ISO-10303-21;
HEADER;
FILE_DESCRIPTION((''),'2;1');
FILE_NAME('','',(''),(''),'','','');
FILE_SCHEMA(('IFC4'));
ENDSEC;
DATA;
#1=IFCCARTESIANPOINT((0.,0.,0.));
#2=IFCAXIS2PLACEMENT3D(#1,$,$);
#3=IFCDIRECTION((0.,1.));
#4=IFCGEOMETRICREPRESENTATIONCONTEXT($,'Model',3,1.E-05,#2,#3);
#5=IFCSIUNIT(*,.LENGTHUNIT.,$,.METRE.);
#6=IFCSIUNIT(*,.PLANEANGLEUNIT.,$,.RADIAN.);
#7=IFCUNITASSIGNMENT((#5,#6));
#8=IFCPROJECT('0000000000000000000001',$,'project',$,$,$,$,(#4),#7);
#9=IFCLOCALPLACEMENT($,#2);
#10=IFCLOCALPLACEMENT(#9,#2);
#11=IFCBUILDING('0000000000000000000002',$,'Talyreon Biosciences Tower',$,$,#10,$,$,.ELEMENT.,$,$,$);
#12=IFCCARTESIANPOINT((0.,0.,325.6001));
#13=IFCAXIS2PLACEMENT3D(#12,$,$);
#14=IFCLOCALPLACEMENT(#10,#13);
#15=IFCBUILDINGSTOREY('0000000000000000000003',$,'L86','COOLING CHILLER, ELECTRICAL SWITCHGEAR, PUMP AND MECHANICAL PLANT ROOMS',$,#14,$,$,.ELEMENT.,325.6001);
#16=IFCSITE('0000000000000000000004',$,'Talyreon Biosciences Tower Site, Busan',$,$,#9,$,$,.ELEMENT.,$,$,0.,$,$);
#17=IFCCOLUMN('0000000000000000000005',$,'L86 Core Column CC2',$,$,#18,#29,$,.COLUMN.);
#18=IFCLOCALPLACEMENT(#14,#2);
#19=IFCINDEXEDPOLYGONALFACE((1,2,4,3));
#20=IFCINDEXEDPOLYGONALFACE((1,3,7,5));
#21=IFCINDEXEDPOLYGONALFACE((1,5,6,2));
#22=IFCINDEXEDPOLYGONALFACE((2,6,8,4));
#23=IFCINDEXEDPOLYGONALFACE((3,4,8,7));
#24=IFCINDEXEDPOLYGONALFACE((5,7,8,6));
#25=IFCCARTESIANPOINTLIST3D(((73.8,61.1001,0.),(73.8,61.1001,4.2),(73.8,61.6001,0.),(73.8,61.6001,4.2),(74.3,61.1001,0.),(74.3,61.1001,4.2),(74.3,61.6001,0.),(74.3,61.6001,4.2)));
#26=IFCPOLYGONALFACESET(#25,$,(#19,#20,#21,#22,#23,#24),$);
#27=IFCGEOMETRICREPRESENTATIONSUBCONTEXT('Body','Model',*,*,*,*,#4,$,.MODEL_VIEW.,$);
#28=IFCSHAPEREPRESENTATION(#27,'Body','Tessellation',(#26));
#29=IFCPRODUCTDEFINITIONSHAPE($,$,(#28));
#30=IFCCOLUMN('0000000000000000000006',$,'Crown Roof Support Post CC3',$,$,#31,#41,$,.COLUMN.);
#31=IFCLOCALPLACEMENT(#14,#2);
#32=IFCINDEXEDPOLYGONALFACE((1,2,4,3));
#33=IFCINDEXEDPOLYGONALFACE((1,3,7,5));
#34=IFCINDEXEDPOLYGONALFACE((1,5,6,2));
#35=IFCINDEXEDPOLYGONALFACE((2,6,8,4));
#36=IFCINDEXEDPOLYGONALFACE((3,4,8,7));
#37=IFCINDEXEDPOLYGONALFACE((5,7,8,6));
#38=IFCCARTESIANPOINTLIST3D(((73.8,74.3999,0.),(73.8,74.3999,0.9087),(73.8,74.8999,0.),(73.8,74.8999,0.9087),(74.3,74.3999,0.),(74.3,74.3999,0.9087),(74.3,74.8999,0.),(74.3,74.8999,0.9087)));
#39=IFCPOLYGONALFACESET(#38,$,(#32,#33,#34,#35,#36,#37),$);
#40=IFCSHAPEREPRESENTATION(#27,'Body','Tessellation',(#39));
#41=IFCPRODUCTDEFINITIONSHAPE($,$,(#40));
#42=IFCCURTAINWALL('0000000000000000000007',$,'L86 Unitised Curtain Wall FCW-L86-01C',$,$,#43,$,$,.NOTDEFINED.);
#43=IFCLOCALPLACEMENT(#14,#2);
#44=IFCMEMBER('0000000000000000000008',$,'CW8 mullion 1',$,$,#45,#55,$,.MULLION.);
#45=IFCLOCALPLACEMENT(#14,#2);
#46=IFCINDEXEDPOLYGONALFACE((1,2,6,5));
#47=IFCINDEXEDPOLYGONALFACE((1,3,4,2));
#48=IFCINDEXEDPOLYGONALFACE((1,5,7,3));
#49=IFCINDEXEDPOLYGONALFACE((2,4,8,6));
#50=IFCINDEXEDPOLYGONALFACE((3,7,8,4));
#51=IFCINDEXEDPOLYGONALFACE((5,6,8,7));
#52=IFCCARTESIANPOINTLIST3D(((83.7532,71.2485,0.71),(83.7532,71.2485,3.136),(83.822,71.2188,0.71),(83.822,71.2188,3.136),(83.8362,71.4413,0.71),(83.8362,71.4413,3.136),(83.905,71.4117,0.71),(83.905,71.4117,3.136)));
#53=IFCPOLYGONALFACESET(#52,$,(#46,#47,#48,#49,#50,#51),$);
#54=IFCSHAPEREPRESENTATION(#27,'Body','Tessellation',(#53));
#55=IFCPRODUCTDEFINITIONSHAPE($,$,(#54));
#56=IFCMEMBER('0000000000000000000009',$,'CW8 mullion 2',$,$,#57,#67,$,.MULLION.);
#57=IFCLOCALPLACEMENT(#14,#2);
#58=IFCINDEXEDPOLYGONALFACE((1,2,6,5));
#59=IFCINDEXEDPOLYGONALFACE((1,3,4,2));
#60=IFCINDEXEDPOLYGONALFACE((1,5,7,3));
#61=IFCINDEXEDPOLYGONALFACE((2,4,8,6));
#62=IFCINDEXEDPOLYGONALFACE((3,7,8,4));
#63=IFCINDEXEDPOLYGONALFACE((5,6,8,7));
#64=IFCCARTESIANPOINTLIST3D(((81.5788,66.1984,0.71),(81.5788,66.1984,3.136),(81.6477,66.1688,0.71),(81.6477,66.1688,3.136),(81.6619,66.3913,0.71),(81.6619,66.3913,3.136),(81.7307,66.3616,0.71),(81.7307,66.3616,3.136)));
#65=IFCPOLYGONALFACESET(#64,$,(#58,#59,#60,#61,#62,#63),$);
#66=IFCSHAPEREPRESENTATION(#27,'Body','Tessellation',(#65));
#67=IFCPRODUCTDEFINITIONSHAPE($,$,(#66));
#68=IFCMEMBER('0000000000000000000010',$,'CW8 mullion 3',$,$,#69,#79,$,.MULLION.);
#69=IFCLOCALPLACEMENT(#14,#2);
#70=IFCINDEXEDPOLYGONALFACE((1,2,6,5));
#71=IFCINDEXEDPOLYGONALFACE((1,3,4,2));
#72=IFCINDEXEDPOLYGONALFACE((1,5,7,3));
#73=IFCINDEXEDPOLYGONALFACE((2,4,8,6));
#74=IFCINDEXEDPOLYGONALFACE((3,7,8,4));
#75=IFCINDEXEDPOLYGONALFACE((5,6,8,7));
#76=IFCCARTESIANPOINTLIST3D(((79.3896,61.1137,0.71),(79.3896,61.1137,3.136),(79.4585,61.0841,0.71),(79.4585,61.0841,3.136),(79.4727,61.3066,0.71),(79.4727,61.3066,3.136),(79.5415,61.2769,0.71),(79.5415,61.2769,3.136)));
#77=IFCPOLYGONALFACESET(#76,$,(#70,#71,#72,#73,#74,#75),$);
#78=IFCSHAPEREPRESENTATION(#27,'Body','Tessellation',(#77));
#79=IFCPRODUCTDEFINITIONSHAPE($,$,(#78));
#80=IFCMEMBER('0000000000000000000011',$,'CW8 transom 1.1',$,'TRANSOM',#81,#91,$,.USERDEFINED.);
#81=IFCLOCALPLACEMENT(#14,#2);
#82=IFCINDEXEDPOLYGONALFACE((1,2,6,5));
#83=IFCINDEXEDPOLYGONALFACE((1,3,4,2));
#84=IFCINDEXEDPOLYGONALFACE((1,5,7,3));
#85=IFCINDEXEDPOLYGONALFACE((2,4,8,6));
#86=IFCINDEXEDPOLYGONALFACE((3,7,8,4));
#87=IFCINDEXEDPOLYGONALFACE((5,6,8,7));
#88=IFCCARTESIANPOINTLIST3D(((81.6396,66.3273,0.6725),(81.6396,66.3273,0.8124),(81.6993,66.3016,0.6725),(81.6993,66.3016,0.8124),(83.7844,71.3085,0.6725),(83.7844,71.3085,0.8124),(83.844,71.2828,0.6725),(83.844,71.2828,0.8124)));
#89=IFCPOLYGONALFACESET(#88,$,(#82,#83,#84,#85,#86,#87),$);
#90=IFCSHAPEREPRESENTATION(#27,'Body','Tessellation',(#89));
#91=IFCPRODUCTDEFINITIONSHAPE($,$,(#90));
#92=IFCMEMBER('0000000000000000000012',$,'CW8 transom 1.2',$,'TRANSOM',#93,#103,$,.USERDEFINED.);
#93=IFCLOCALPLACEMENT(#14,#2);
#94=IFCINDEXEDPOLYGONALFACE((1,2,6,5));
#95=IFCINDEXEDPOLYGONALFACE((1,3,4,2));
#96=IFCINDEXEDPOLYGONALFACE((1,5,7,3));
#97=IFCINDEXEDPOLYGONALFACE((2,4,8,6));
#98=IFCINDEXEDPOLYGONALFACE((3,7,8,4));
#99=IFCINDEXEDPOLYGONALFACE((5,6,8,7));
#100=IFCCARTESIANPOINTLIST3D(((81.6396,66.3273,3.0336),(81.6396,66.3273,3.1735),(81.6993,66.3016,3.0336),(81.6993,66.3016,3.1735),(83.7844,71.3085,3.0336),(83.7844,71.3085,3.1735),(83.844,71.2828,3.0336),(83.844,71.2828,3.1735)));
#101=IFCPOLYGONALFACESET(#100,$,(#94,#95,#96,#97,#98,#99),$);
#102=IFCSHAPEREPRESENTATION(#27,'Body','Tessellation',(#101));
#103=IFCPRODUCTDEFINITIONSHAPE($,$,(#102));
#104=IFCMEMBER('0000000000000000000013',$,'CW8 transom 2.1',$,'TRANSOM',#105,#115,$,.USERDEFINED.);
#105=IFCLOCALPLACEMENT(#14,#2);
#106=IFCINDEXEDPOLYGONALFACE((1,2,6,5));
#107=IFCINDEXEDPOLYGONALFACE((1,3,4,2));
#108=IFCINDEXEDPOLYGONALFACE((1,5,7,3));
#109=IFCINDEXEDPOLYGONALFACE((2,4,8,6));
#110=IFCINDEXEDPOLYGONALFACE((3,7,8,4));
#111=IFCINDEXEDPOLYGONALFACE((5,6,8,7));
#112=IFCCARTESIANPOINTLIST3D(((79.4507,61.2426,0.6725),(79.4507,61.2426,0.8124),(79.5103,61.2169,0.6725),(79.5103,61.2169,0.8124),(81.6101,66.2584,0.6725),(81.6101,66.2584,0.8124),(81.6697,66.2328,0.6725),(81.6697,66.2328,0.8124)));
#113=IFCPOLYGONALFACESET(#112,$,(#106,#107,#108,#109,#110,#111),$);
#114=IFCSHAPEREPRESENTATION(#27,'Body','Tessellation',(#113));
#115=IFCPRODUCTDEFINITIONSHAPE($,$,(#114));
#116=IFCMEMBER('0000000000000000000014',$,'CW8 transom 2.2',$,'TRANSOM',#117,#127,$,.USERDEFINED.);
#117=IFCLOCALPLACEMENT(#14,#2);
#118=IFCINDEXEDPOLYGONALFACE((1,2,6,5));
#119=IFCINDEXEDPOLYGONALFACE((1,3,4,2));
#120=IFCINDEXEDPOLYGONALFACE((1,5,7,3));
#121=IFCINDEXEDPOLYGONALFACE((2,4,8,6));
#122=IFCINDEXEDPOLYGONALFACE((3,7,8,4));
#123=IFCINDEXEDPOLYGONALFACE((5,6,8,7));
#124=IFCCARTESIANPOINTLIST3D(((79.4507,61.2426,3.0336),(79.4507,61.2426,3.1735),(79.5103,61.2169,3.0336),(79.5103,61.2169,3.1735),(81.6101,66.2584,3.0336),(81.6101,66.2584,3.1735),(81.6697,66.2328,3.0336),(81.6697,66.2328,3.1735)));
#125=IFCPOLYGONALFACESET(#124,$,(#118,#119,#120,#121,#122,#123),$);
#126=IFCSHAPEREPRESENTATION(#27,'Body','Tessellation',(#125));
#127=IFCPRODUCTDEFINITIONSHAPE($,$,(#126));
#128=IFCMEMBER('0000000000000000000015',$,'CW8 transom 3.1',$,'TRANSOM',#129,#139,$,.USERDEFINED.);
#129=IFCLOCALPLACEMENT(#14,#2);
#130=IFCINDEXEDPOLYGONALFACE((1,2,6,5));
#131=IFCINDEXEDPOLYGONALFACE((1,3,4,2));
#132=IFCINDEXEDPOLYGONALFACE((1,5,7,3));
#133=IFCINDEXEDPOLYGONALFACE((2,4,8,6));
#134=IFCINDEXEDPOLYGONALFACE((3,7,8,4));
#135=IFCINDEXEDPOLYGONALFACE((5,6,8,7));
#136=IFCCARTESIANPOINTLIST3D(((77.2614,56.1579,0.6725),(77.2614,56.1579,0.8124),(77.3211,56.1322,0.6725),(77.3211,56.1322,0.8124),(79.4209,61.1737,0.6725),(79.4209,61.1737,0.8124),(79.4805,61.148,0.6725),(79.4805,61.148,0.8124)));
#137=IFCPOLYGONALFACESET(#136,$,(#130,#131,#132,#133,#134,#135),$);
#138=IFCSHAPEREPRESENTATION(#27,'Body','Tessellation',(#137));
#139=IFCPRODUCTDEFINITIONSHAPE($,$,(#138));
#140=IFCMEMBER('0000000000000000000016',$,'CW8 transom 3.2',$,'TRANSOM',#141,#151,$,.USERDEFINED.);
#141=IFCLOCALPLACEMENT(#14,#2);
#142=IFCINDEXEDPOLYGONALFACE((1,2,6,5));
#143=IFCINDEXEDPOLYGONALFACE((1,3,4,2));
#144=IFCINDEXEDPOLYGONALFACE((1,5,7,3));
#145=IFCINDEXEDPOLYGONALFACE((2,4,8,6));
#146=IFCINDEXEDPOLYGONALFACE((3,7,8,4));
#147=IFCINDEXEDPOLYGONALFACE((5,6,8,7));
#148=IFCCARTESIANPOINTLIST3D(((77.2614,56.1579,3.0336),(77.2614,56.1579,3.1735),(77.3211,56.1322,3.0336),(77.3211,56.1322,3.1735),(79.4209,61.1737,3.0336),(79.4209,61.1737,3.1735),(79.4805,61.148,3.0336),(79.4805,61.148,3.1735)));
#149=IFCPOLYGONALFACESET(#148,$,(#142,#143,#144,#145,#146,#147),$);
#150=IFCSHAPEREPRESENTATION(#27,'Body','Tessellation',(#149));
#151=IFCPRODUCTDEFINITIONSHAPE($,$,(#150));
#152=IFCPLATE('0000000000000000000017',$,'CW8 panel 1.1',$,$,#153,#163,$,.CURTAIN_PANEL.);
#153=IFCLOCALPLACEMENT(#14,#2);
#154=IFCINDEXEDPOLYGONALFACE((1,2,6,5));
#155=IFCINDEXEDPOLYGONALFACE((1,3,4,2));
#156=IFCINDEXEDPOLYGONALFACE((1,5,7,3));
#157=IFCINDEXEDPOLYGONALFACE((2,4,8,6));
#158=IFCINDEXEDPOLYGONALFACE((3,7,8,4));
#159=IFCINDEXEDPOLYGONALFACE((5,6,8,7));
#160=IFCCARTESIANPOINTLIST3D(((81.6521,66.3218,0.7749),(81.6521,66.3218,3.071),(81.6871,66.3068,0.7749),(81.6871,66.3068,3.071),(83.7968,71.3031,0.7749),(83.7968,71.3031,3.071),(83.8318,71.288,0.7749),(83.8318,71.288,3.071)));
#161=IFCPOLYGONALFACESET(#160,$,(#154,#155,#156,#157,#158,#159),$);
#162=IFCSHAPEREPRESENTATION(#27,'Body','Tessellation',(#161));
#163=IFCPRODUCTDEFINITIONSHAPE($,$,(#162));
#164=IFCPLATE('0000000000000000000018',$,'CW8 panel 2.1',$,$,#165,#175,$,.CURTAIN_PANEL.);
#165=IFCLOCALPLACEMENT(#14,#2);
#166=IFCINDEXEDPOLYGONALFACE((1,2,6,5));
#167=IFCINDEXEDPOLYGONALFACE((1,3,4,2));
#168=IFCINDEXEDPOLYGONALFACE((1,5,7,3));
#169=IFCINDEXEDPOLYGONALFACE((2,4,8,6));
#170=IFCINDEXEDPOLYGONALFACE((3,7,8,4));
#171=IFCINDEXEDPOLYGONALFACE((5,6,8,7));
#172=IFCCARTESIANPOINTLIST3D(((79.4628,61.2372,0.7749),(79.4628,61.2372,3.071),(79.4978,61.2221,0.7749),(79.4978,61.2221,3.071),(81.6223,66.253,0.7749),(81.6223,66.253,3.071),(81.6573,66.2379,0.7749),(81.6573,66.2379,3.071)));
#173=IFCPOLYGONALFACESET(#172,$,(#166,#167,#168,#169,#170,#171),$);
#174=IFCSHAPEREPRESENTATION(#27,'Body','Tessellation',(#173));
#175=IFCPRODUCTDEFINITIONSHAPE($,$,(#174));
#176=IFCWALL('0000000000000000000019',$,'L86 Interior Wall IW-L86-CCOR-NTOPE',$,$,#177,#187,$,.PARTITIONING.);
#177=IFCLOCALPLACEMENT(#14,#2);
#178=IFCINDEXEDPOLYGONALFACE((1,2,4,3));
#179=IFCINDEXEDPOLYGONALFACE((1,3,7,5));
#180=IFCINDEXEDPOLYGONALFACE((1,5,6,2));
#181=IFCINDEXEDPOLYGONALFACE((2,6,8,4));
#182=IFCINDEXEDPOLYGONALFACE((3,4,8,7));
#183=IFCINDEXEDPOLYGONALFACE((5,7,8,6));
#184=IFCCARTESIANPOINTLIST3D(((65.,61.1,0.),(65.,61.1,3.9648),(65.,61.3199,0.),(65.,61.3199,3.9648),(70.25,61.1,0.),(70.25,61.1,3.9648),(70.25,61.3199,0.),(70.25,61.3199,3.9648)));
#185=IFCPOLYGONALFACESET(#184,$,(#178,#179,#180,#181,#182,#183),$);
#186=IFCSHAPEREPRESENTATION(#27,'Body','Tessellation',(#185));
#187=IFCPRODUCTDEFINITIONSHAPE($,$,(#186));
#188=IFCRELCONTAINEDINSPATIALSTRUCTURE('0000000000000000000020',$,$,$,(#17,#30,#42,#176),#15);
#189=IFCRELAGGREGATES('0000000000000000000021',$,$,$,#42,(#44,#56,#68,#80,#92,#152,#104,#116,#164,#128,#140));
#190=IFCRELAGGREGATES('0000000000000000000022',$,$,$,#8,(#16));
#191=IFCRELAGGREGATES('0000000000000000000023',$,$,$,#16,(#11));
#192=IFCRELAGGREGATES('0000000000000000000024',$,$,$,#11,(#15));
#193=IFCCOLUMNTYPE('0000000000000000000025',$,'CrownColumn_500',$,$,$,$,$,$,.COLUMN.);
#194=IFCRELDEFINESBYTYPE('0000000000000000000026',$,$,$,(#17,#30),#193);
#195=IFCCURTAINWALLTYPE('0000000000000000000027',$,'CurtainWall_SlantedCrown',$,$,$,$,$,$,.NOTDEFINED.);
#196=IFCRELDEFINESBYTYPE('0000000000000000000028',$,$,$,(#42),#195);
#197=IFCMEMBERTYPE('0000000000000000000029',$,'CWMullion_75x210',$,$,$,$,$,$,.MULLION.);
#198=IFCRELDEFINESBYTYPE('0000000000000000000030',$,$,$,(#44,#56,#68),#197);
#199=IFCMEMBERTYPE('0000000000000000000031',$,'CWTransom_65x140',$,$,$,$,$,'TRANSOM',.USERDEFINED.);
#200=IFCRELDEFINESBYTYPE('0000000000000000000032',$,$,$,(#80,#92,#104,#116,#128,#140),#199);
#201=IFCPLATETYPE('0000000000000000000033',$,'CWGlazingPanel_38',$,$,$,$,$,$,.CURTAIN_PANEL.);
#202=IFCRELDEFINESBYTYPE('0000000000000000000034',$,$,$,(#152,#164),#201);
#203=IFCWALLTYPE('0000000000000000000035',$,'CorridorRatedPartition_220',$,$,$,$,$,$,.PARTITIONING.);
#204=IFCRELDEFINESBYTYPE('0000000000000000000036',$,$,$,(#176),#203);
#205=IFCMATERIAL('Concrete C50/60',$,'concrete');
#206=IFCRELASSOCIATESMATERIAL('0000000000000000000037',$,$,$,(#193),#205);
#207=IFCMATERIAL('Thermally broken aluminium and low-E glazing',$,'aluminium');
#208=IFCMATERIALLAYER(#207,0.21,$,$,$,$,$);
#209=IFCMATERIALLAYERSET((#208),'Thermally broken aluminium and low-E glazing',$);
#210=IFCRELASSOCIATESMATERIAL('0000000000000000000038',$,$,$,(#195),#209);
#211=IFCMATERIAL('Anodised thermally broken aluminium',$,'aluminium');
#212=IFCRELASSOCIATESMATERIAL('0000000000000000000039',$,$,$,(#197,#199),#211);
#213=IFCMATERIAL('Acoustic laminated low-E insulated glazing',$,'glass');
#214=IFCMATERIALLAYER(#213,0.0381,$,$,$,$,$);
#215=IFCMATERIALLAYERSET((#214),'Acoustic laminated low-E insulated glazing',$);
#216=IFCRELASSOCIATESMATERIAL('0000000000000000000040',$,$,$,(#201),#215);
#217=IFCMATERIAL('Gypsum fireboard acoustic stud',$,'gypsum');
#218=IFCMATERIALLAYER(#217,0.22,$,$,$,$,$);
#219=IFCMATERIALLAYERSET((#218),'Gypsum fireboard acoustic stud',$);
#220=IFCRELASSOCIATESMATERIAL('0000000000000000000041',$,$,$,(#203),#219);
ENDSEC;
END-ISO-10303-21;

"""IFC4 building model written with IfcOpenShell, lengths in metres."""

from ifc_helpers import new_model, si_unit, direction, frame, frame_2d, origin, origin_2d, place, context, subcontext, project, spatial, rectangle, extrude, material, layer, layer_set, material_profile, profile_set, type_object, element, aggregate, save


model = new_model("IFC4")

# Units and contexts
model_context = context("Model", 3, precision=1e-05, world=origin(), true_north=direction((0.0, 1.0)))
body_context = subcontext(model_context, "Body", "Model", "MODEL_VIEW")
ifc_project = project(units=[si_unit("LENGTHUNIT", "METRE"), si_unit("PLANEANGLEUNIT", "RADIAN")], contexts=[model_context])

# Site, building, storey
site_placement = place(None, origin())
site = spatial("IfcSite", under=ifc_project, at=site_placement, Name="Talyreon Biosciences Tower Site, Busan", CompositionType="ELEMENT", RefElevation=0.0)
building_placement = place(site_placement, origin())
building = spatial("IfcBuilding", under=site, at=building_placement, Name="Talyreon Biosciences Tower", CompositionType="ELEMENT")
storey_placement = place(building_placement, frame((0.0, 0.0, 325.6001)))
storey = spatial("IfcBuildingStorey", under=building, at=storey_placement, Name="L86", Description="COOLING CHILLER, ELECTRICAL SWITCHGEAR, PUMP AND MECHANICAL PLANT ROOMS", CompositionType="ELEMENT", Elevation=325.6001)

# Columns
ifc_material_1 = material(Name="Concrete C50/60", Category="concrete")
ifc_material_profile_1 = material_profile(ifc_material_1, rectangle(XDim=0.5, YDim=0.5, at=origin_2d()), Name="RC 500x500")
ifc_profile_set_1 = profile_set([ifc_material_profile_1], Name="Concrete C50/60")
column_type = type_object("IfcColumnType", Name="CrownColumn_500", PredefinedType="COLUMN", material=ifc_profile_set_1)
column_1_placement = place(storey_placement, frame((74.05, 61.3501, 0.0), z_axis=(0.0, 0.0, 1.0), x_axis=(1.0, 0.0, 0.0)))
element("IfcColumn", 1, at=column_1_placement, inside=storey, type_object=column_type, Name="L86 Core Column CC2", PredefinedType="COLUMN", context=body_context, shape_type="SweptSolid", body=[
    extrude(rectangle(XDim=0.5, YDim=0.5, at=origin_2d()), origin(), (0.0, 0.0, 1.0), 4.2),
])
column_2_placement = place(storey_placement, frame((74.05, 74.6499, 0.0), z_axis=(0.0, 0.0, 1.0), x_axis=(1.0, 0.0, 0.0)))
element("IfcColumn", 2, at=column_2_placement, inside=storey, type_object=column_type, Name="Crown Roof Support Post CC3", PredefinedType="COLUMN", context=body_context, shape_type="SweptSolid", body=[
    extrude(rectangle(XDim=0.5, YDim=0.5, at=origin_2d()), origin(), (0.0, 0.0, 1.0), 0.9087),
])

# Curtain wall, members, plates
ifc_material_2 = material(Name="Thermally broken aluminium and low-E glazing", Category="aluminium")
ifc_layer_1 = layer(ifc_material_2, 0.21)
ifc_layer_set_1 = layer_set([ifc_layer_1], Name="Thermally broken aluminium and low-E glazing")
curtain_wall_type = type_object("IfcCurtainWallType", Name="CurtainWall_SlantedCrown", PredefinedType="NOTDEFINED", material=ifc_layer_set_1)
curtain_wall_placement = place(storey_placement, origin())
curtain_wall = element("IfcCurtainWall", 3, at=curtain_wall_placement, inside=storey, type_object=curtain_wall_type, Name="L86 Unitised Curtain Wall FCW-L86-01C", PredefinedType="NOTDEFINED")
ifc_material_3 = material(Name="Anodised thermally broken aluminium", Category="aluminium")
ifc_material_profile_2 = material_profile(ifc_material_3, rectangle(XDim=0.075, YDim=0.21, at=origin_2d()), Name="ALUM MULLION 75x210")
ifc_profile_set_2 = profile_set([ifc_material_profile_2], Name="Anodised thermally broken aluminium")
member_type_1 = type_object("IfcMemberType", Name="CWMullion_75x210", PredefinedType="MULLION", material=ifc_profile_set_2)
member_1_placement = place(storey_placement, frame((83.8291, 71.3301, 0.71), z_axis=(0.0, 0.0, 1.0), x_axis=(0.918487, -0.395451, 0.0)))
member_1 = element("IfcMember", 4, at=member_1_placement, type_object=member_type_1, Name="CW8 mullion 1", PredefinedType="MULLION", context=body_context, shape_type="SweptSolid", body=[
    extrude(rectangle(XDim=0.075, YDim=0.21, at=origin_2d()), origin(), (0.0, 0.0, 1.0), 2.426),
])
member_2_placement = place(storey_placement, frame((81.6548, 66.28, 0.71), z_axis=(0.0, 0.0, 1.0), x_axis=(0.918487, -0.395451, 0.0)))
member_2 = element("IfcMember", 5, at=member_2_placement, type_object=member_type_1, Name="CW8 mullion 2", PredefinedType="MULLION", context=body_context, shape_type="SweptSolid", body=[
    extrude(rectangle(XDim=0.075, YDim=0.21, at=origin_2d()), origin(), (0.0, 0.0, 1.0), 2.426),
])
member_3_placement = place(storey_placement, frame((79.4656, 61.1953, 0.71), z_axis=(0.0, 0.0, 1.0), x_axis=(0.918487, -0.395451, 0.0)))
member_3 = element("IfcMember", 6, at=member_3_placement, type_object=member_type_1, Name="CW8 mullion 3", PredefinedType="MULLION", context=body_context, shape_type="SweptSolid", body=[
    extrude(rectangle(XDim=0.075, YDim=0.21, at=origin_2d()), origin(), (0.0, 0.0, 1.0), 2.426),
])
ifc_material_profile_3 = material_profile(ifc_material_3, rectangle(XDim=0.0649, YDim=0.1399, at=origin_2d()), Name="ALUM TRANSOM 65x140")
ifc_profile_set_3 = profile_set([ifc_material_profile_3], Name="Anodised thermally broken aluminium")
member_type_2 = type_object("IfcMemberType", Name="CWTransom_65x140", ElementType="TRANSOM", PredefinedType="USERDEFINED", material=ifc_profile_set_3)
member_4_placement = place(storey_placement, frame((83.8142, 71.2957, 0.7424), z_axis=(-0.395473, -0.918478, 0.0), x_axis=(0.918478, -0.395473, 0.0)))
member_4 = element("IfcMember", 7, at=member_4_placement, type_object=member_type_2, Name="CW8 transom 1.1", ObjectType="TRANSOM", PredefinedType="USERDEFINED", context=body_context, shape_type="SweptSolid", body=[
    extrude(rectangle(XDim=0.0649, YDim=0.1399, at=origin_2d()), origin(), (0.0, 0.0, 1.0), 5.4233),
])
member_5_placement = place(storey_placement, frame((83.8142, 71.2957, 3.1035), z_axis=(-0.395473, -0.918478, 0.0), x_axis=(0.918478, -0.395473, 0.0)))
member_5 = element("IfcMember", 8, at=member_5_placement, type_object=member_type_2, Name="CW8 transom 1.2", ObjectType="TRANSOM", PredefinedType="USERDEFINED", context=body_context, shape_type="SweptSolid", body=[
    extrude(rectangle(XDim=0.0649, YDim=0.1399, at=origin_2d()), origin(), (0.0, 0.0, 1.0), 5.4233),
])
member_6_placement = place(storey_placement, frame((81.6399, 66.2456, 0.7424), z_axis=(-0.39543, -0.918496, 0.0), x_axis=(0.918496, -0.39543, 0.0)))
member_6 = element("IfcMember", 9, at=member_6_placement, type_object=member_type_2, Name="CW8 transom 2.1", ObjectType="TRANSOM", PredefinedType="USERDEFINED", context=body_context, shape_type="SweptSolid", body=[
    extrude(rectangle(XDim=0.0649, YDim=0.1399, at=origin_2d()), origin(), (0.0, 0.0, 1.0), 5.4609),
])
member_7_placement = place(storey_placement, frame((81.6399, 66.2456, 3.1035), z_axis=(-0.39543, -0.918496, 0.0), x_axis=(0.918496, -0.39543, 0.0)))
member_7 = element("IfcMember", 10, at=member_7_placement, type_object=member_type_2, Name="CW8 transom 2.2", ObjectType="TRANSOM", PredefinedType="USERDEFINED", context=body_context, shape_type="SweptSolid", body=[
    extrude(rectangle(XDim=0.0649, YDim=0.1399, at=origin_2d()), origin(), (0.0, 0.0, 1.0), 5.4609),
])
member_8_placement = place(storey_placement, frame((79.4507, 61.1609, 0.7424), z_axis=(-0.39543, -0.918496, 0.0), x_axis=(0.918496, -0.39543, 0.0)))
member_8 = element("IfcMember", 11, at=member_8_placement, type_object=member_type_2, Name="CW8 transom 3.1", ObjectType="TRANSOM", PredefinedType="USERDEFINED", context=body_context, shape_type="SweptSolid", body=[
    extrude(rectangle(XDim=0.0649, YDim=0.1399, at=origin_2d()), origin(), (0.0, 0.0, 1.0), 5.4609),
])
member_9_placement = place(storey_placement, frame((79.4507, 61.1609, 3.1035), z_axis=(-0.39543, -0.918496, 0.0), x_axis=(0.918496, -0.39543, 0.0)))
member_9 = element("IfcMember", 12, at=member_9_placement, type_object=member_type_2, Name="CW8 transom 3.2", ObjectType="TRANSOM", PredefinedType="USERDEFINED", context=body_context, shape_type="SweptSolid", body=[
    extrude(rectangle(XDim=0.0649, YDim=0.1399, at=origin_2d()), origin(), (0.0, 0.0, 1.0), 5.4609),
])
ifc_material_4 = material(Name="Acoustic laminated low-E insulated glazing", Category="glass")
ifc_layer_2 = layer(ifc_material_4, 0.0381)
ifc_layer_set_2 = layer_set([ifc_layer_2], Name="Acoustic laminated low-E insulated glazing")
plate_type = type_object("IfcPlateType", Name="CWGlazingPanel_38", PredefinedType="CURTAIN_PANEL", material=ifc_layer_set_2)
plate_1_placement = place(storey_placement, frame((82.7419, 68.8049, 0.7749), z_axis=(0.0, 0.0, 1.0), x_axis=(-0.395451, -0.918487, 0.0)))
plate_1 = element("IfcPlate", 13, at=plate_1_placement, type_object=plate_type, Name="CW8 panel 1.1", PredefinedType="CURTAIN_PANEL", context=body_context, shape_type="SweptSolid", body=[
    extrude(rectangle(XDim=5.4233, YDim=0.0381, at=origin_2d()), origin(), (0.0, 0.0, 1.0), 2.2961),
])
plate_2_placement = place(storey_placement, frame((80.5601, 63.7375, 0.7749), z_axis=(0.0, 0.0, 1.0), x_axis=(-0.395451, -0.918487, 0.0)))
plate_2 = element("IfcPlate", 14, at=plate_2_placement, type_object=plate_type, Name="CW8 panel 2.1", PredefinedType="CURTAIN_PANEL", context=body_context, shape_type="SweptSolid", body=[
    extrude(rectangle(XDim=5.4609, YDim=0.0381, at=origin_2d()), origin(), (0.0, 0.0, 1.0), 2.2961),
])
aggregate(curtain_wall, [member_1, member_2, member_3, member_4, member_5, plate_1, member_6, member_7, plate_2, member_8, member_9])

# Wall
ifc_material_5 = material(Name="Gypsum fireboard acoustic stud", Category="gypsum")
ifc_layer_3 = layer(ifc_material_5, 0.22)
ifc_layer_set_3 = layer_set([ifc_layer_3], Name="Gypsum fireboard acoustic stud")
wall_type_1 = type_object("IfcWallType", Name="CorridorRatedPartition_220", PredefinedType="PARTITIONING", material=ifc_layer_set_3)
wall_1_placement = place(storey_placement, frame((65.0, 61.21, 0.0), z_axis=(0.0, 0.0, 1.0), x_axis=(1.0, 0.0, 0.0)))
element("IfcWall", 15, at=wall_1_placement, inside=storey, type_object=wall_type_1, Name="L86 Interior Wall IW-L86-CCOR-NTOPE", PredefinedType="PARTITIONING", context=body_context, shape_type="SweptSolid", body=[
    extrude(rectangle(XDim=5.25, YDim=0.22, at=frame_2d((2.625, 0.0))), origin(), (0.0, 0.0, 1.0), 3.9648),
])

save(model, "model.ifc")
